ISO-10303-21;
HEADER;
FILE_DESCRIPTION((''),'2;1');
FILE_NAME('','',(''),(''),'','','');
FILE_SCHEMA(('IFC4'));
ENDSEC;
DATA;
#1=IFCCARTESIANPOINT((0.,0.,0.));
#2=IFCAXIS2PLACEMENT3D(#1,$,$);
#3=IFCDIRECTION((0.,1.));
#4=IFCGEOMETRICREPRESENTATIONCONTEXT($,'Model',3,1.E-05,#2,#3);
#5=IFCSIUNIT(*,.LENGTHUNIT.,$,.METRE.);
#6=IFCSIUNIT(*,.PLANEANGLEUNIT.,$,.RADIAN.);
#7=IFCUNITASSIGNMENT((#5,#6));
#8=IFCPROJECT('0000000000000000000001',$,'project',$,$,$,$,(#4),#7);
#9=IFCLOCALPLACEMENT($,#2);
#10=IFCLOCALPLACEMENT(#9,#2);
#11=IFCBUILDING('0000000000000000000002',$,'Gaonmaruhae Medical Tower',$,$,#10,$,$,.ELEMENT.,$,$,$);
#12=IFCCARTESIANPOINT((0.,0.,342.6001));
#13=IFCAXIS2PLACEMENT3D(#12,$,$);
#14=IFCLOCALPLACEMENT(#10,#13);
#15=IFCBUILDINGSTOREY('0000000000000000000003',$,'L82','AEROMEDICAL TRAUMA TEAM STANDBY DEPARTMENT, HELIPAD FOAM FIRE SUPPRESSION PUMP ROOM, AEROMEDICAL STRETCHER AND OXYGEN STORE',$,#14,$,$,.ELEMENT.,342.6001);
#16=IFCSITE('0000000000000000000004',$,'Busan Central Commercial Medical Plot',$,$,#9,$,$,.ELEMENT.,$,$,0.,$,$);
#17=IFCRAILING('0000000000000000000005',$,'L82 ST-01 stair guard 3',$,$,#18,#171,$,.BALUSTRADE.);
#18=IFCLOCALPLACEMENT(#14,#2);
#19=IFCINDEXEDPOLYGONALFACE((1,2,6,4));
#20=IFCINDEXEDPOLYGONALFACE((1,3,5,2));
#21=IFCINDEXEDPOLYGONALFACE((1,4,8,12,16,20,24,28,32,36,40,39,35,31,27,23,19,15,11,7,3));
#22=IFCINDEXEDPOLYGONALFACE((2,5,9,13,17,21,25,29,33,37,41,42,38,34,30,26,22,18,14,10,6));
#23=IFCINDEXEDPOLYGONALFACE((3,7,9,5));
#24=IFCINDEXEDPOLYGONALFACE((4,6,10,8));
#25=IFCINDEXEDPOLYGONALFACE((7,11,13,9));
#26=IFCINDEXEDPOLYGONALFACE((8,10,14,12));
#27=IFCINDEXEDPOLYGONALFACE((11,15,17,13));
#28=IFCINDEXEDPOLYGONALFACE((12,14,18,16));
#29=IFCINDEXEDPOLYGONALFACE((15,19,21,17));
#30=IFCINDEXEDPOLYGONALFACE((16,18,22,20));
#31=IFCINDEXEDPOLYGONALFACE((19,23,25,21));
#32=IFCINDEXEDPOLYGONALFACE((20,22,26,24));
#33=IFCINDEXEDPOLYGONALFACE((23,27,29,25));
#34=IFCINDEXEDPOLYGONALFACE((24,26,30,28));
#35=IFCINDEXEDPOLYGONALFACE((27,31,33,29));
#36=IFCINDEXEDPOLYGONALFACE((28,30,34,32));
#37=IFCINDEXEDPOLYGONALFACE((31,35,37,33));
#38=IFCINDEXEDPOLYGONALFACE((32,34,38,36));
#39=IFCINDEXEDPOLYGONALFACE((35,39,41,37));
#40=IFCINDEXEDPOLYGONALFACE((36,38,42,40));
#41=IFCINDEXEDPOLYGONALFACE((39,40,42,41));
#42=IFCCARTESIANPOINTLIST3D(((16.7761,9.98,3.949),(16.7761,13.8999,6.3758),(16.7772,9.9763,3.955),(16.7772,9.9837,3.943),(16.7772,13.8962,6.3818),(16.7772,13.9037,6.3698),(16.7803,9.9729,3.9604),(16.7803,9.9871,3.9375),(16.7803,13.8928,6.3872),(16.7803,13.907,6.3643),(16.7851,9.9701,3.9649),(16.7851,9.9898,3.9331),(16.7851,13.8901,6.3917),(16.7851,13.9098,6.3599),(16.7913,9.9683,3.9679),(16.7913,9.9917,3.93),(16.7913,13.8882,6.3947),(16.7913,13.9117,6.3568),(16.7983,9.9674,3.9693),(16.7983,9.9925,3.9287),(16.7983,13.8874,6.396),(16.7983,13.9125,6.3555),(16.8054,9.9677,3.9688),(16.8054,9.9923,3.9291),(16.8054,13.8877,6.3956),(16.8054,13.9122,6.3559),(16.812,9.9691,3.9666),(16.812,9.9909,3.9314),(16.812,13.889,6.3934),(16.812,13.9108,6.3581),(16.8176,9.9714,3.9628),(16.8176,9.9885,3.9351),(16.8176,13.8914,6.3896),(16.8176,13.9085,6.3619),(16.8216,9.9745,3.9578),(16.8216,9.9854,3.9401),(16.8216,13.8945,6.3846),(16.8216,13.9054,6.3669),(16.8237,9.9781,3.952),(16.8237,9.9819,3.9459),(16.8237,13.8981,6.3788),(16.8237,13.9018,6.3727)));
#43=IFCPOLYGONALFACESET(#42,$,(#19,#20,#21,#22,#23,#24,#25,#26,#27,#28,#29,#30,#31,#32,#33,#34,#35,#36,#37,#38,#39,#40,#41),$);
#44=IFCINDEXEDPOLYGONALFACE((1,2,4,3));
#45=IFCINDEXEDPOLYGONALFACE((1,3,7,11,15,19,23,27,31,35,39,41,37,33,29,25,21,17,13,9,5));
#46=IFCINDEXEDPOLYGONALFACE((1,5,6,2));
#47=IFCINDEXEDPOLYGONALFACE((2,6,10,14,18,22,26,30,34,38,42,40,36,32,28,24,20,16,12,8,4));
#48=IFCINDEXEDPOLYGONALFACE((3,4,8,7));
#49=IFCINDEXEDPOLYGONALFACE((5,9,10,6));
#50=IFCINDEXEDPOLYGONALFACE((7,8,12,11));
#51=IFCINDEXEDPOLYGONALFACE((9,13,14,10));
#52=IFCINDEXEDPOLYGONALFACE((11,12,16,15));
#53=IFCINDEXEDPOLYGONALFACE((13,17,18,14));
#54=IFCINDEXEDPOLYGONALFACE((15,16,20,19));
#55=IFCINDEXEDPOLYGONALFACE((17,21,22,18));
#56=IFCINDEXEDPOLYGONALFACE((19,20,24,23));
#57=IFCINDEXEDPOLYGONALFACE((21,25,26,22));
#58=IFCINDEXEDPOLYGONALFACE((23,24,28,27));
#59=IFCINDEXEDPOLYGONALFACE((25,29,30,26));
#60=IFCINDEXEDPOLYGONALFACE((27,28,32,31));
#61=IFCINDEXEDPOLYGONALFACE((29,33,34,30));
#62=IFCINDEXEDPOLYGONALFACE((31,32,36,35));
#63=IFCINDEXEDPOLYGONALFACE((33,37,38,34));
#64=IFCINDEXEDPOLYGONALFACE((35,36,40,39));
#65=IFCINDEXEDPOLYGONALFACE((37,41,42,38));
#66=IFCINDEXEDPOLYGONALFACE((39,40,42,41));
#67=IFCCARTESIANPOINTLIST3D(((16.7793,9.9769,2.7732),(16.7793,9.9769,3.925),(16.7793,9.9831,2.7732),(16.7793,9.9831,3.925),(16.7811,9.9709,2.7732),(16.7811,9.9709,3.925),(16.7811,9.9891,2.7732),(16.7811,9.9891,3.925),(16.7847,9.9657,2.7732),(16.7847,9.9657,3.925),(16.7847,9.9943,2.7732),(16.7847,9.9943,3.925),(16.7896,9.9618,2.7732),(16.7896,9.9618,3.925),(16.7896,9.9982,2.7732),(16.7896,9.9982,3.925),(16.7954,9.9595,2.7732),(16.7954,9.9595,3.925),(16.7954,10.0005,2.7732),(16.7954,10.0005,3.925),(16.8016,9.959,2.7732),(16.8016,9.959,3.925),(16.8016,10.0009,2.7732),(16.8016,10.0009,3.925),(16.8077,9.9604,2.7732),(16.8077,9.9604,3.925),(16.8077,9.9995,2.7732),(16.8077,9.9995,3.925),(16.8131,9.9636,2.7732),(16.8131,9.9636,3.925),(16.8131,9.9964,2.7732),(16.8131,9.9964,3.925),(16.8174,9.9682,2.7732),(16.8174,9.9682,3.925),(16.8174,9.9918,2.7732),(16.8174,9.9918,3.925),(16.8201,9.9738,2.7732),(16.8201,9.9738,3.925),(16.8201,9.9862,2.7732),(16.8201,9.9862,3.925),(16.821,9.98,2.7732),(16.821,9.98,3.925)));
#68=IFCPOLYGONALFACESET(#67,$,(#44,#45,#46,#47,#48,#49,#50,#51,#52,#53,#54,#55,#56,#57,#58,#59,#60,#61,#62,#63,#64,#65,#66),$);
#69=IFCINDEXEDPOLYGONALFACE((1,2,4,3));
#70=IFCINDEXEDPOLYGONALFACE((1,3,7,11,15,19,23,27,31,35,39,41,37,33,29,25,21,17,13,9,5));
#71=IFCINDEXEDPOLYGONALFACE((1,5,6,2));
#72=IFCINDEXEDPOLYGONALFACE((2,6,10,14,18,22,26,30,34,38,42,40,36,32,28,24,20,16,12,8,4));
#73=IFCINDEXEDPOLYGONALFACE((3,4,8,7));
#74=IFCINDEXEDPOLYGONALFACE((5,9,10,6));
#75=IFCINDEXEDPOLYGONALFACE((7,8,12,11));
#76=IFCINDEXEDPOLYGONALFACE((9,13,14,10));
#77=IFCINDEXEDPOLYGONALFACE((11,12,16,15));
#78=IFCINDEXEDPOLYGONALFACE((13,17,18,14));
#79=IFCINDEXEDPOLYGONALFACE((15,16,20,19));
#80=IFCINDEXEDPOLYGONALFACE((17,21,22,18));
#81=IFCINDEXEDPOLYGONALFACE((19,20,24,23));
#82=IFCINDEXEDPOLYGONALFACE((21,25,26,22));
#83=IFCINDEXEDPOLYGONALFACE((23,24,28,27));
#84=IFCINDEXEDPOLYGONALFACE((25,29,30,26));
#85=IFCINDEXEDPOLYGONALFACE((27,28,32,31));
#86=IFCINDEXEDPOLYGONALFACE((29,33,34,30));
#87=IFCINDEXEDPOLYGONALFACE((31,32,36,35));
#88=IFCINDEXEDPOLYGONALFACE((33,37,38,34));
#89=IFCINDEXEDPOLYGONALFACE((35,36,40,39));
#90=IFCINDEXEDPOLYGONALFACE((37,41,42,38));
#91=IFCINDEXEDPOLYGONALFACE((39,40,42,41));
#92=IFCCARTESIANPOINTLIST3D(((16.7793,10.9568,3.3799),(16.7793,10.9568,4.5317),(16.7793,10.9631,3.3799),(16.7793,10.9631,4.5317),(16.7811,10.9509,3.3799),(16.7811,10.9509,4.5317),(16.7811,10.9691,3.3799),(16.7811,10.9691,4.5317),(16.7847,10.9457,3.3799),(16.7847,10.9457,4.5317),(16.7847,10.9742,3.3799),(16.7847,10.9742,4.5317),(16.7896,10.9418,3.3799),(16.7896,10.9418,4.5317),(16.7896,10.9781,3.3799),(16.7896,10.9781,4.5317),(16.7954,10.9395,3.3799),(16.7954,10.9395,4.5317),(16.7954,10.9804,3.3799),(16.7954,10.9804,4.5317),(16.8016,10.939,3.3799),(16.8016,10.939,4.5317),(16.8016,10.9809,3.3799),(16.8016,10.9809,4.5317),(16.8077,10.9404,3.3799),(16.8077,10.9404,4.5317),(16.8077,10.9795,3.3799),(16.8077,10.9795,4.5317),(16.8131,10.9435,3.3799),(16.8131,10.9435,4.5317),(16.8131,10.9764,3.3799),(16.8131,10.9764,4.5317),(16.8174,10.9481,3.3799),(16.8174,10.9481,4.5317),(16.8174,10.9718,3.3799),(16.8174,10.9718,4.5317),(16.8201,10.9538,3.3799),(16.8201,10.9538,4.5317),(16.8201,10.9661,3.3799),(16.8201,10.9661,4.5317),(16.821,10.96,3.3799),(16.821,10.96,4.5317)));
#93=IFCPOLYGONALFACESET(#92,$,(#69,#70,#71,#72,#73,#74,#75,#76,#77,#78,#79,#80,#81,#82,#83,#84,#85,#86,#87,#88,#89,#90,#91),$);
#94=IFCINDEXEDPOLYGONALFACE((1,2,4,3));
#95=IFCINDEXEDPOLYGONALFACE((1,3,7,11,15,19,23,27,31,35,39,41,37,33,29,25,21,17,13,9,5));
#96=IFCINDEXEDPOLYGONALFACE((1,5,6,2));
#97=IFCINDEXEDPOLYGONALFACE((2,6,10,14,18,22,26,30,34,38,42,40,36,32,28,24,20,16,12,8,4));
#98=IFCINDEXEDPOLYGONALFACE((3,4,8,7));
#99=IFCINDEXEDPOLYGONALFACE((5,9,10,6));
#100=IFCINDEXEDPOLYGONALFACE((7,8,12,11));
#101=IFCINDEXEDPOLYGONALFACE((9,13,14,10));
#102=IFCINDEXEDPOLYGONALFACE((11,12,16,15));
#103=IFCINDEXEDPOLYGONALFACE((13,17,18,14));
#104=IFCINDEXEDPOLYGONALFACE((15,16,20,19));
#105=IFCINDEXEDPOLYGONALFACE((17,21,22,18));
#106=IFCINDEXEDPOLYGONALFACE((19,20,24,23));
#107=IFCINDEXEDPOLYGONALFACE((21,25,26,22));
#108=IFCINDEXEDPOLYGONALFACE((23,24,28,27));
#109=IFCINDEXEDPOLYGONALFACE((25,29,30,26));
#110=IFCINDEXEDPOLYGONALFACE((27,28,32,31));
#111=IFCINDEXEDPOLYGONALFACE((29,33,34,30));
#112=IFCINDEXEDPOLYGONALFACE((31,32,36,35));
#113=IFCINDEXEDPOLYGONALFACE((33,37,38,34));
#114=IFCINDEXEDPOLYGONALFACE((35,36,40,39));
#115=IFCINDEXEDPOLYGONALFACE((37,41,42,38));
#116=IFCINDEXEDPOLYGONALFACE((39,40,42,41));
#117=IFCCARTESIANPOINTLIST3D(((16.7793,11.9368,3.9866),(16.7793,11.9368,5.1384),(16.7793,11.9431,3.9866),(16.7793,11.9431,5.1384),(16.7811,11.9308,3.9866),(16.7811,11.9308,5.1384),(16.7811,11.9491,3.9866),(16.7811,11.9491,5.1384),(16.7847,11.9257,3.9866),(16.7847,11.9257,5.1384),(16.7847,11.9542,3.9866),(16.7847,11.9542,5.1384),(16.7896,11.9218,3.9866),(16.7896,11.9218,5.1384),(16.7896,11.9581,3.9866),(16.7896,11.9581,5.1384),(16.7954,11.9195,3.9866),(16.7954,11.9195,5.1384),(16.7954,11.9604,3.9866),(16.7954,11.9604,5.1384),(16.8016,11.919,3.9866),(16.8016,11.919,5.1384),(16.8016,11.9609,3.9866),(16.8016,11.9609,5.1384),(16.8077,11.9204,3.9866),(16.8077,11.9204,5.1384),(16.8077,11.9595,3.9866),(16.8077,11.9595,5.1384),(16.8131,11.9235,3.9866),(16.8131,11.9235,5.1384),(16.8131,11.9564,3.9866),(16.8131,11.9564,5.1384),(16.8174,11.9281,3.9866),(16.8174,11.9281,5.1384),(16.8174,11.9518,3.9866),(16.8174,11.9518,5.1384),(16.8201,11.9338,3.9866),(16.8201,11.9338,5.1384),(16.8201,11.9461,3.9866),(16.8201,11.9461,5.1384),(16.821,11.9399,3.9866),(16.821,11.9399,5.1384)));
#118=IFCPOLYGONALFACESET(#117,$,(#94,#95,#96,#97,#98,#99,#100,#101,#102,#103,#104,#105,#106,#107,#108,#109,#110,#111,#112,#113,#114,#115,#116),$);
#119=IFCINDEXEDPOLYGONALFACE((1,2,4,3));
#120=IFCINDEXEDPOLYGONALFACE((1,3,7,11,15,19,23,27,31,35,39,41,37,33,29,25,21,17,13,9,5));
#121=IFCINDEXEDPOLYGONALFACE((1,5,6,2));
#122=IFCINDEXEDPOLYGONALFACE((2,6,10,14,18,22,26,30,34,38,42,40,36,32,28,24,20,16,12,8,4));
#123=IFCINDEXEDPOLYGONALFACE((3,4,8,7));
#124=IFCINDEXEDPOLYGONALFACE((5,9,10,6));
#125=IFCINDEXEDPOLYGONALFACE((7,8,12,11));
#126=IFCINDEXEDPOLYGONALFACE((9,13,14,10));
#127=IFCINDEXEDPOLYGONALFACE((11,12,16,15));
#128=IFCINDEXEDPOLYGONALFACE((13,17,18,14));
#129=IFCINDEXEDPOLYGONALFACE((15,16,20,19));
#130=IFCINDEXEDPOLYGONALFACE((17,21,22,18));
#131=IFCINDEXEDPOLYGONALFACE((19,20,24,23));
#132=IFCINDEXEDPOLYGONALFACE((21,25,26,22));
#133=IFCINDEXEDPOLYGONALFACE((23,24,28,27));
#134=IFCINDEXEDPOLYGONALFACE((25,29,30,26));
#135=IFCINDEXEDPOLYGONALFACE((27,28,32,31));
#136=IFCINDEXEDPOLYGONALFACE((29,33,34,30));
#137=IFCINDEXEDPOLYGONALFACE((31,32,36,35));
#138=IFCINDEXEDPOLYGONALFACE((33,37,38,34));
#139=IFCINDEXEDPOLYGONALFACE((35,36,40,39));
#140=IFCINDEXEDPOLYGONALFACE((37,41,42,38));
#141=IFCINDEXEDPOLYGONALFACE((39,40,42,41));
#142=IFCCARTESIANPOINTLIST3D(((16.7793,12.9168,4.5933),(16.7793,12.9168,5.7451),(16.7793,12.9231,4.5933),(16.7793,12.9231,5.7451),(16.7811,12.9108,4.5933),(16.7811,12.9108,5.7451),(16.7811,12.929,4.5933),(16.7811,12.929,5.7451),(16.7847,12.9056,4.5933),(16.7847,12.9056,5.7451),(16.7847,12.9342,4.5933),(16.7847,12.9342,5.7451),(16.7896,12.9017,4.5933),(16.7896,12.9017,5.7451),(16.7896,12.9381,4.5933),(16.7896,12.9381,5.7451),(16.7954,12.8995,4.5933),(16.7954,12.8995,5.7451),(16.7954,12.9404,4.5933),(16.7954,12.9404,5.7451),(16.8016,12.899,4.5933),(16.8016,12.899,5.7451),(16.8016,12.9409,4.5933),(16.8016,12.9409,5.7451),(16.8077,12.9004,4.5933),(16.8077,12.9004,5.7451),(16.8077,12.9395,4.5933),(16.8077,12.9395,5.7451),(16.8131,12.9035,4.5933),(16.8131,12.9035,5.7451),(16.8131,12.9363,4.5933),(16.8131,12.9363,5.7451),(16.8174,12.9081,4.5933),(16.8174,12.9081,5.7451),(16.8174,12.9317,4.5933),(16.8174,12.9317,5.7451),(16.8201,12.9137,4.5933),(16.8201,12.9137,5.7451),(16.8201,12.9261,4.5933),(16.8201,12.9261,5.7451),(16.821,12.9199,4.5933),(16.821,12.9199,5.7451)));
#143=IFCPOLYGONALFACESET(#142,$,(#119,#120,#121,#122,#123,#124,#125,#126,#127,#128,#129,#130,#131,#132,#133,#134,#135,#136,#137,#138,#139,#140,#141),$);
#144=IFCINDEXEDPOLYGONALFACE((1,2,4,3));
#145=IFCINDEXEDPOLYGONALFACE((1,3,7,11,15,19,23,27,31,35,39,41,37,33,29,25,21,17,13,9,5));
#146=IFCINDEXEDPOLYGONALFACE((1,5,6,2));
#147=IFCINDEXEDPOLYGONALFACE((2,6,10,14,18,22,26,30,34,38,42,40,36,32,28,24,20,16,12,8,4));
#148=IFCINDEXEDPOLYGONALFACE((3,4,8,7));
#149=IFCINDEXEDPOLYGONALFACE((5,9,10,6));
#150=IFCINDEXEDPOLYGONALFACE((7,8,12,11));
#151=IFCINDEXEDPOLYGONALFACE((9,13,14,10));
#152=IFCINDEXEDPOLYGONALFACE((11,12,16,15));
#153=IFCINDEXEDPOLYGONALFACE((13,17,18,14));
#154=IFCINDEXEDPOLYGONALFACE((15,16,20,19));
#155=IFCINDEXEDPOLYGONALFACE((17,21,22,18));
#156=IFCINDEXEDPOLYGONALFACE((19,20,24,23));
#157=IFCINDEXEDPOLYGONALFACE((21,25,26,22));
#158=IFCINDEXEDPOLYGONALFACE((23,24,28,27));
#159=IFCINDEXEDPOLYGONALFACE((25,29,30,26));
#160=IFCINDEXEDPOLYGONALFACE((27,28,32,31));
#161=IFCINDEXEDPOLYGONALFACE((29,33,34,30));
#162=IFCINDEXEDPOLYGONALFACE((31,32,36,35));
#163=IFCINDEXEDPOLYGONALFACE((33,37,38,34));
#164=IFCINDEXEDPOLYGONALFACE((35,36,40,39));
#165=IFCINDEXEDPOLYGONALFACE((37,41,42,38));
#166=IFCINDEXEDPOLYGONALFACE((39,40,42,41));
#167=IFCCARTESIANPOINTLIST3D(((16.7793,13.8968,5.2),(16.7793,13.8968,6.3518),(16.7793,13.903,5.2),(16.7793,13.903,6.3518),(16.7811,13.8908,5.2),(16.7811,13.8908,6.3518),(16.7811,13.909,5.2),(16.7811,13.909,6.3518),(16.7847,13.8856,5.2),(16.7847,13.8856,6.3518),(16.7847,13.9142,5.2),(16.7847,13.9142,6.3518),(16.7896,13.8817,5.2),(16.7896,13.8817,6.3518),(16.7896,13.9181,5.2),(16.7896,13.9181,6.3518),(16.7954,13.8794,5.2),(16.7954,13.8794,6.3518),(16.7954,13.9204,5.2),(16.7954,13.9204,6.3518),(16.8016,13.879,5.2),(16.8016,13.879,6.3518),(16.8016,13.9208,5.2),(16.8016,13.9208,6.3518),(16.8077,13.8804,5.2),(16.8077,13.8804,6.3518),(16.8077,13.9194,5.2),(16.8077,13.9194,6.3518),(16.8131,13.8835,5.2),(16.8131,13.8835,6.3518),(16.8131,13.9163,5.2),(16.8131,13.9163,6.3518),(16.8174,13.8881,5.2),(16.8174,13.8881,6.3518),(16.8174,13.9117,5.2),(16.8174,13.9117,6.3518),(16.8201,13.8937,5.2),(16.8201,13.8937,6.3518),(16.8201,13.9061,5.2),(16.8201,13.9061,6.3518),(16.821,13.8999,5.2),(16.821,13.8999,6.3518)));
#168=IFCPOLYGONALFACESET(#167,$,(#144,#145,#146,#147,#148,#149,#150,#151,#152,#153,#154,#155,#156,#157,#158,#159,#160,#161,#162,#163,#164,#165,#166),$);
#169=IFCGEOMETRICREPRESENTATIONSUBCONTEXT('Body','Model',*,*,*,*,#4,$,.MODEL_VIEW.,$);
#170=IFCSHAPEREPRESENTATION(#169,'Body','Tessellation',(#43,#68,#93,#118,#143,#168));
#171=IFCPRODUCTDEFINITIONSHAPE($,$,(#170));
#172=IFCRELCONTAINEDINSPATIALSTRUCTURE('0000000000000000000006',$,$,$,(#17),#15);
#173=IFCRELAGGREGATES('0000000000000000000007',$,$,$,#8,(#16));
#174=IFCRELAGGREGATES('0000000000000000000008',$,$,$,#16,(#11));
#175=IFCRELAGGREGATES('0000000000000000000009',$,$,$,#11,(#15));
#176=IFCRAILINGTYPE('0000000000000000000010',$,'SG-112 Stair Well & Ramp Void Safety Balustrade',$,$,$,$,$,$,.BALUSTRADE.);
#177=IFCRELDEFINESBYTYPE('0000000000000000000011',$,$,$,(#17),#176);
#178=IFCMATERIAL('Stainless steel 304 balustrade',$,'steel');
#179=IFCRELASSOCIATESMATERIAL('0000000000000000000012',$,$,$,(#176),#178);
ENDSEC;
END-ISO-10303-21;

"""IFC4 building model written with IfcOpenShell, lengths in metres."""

from ifc_helpers import new_model, si_unit, direction, frame, origin, origin_2d, place, context, subcontext, project, spatial, circle, extrude, material, type_object, element, save


model = new_model("IFC4")

# Units and contexts
model_context = context("Model", 3, precision=1e-05, world=origin(), true_north=direction((0.0, 1.0)))
body_context = subcontext(model_context, "Body", "Model", "MODEL_VIEW")
ifc_project = project(units=[si_unit("LENGTHUNIT", "METRE"), si_unit("PLANEANGLEUNIT", "RADIAN")], contexts=[model_context])

# Site, building, storey
site_placement = place(None, origin())
site = spatial("IfcSite", under=ifc_project, at=site_placement, Name="Busan Central Commercial Medical Plot", CompositionType="ELEMENT", RefElevation=0.0)
building_placement = place(site_placement, origin())
building = spatial("IfcBuilding", under=site, at=building_placement, Name="Gaonmaruhae Medical Tower", CompositionType="ELEMENT")
storey_placement = place(building_placement, frame((0.0, 0.0, 342.6001)))
storey = spatial("IfcBuildingStorey", under=building, at=storey_placement, Name="L82", Description="AEROMEDICAL TRAUMA TEAM STANDBY DEPARTMENT, HELIPAD FOAM FIRE SUPPRESSION PUMP ROOM, AEROMEDICAL STRETCHER AND OXYGEN STORE", CompositionType="ELEMENT", Elevation=342.6001)

# Railing
ifc_material_1 = material(Name="Stainless steel 304 balustrade", Category="steel")
railing_type_1 = type_object("IfcRailingType", Name="SG-112 Stair Well & Ramp Void Safety Balustrade", PredefinedType="BALUSTRADE", material=ifc_material_1)
railing_1_placement = place(storey_placement, frame((16.8, 9.98, 2.7732)))
element("IfcRailing", 1, at=railing_1_placement, inside=storey, type_object=railing_type_1, Name="L82 ST-01 stair guard 3", PredefinedType="BALUSTRADE", context=body_context, shape_type="SweptSolid", body=[
    extrude(circle(Radius=0.0239, at=origin_2d()), frame((0.0, 0.0, 1.1758), z_axis=(0.0, 0.850252, 0.526376), x_axis=(-1.0, 0.0, 0.0)), (0.0, 0.0, 1.0), 4.6104),
    extrude(circle(Radius=0.021, at=origin_2d()), origin(), (0.0, 0.0, 1.0), 1.1519),
    extrude(circle(Radius=0.021, at=origin_2d()), frame((0.0, 0.98, 0.6067)), (0.0, 0.0, 1.0), 1.1519),
    extrude(circle(Radius=0.021, at=origin_2d()), frame((0.0, 1.96, 1.2134)), (0.0, 0.0, 1.0), 1.1519),
    extrude(circle(Radius=0.021, at=origin_2d()), frame((0.0, 2.9399, 1.8201)), (0.0, 0.0, 1.0), 1.1519),
    extrude(circle(Radius=0.021, at=origin_2d()), frame((0.0, 3.9199, 2.4268)), (0.0, 0.0, 1.0), 1.1519),
])

save(model, "model.ifc")
